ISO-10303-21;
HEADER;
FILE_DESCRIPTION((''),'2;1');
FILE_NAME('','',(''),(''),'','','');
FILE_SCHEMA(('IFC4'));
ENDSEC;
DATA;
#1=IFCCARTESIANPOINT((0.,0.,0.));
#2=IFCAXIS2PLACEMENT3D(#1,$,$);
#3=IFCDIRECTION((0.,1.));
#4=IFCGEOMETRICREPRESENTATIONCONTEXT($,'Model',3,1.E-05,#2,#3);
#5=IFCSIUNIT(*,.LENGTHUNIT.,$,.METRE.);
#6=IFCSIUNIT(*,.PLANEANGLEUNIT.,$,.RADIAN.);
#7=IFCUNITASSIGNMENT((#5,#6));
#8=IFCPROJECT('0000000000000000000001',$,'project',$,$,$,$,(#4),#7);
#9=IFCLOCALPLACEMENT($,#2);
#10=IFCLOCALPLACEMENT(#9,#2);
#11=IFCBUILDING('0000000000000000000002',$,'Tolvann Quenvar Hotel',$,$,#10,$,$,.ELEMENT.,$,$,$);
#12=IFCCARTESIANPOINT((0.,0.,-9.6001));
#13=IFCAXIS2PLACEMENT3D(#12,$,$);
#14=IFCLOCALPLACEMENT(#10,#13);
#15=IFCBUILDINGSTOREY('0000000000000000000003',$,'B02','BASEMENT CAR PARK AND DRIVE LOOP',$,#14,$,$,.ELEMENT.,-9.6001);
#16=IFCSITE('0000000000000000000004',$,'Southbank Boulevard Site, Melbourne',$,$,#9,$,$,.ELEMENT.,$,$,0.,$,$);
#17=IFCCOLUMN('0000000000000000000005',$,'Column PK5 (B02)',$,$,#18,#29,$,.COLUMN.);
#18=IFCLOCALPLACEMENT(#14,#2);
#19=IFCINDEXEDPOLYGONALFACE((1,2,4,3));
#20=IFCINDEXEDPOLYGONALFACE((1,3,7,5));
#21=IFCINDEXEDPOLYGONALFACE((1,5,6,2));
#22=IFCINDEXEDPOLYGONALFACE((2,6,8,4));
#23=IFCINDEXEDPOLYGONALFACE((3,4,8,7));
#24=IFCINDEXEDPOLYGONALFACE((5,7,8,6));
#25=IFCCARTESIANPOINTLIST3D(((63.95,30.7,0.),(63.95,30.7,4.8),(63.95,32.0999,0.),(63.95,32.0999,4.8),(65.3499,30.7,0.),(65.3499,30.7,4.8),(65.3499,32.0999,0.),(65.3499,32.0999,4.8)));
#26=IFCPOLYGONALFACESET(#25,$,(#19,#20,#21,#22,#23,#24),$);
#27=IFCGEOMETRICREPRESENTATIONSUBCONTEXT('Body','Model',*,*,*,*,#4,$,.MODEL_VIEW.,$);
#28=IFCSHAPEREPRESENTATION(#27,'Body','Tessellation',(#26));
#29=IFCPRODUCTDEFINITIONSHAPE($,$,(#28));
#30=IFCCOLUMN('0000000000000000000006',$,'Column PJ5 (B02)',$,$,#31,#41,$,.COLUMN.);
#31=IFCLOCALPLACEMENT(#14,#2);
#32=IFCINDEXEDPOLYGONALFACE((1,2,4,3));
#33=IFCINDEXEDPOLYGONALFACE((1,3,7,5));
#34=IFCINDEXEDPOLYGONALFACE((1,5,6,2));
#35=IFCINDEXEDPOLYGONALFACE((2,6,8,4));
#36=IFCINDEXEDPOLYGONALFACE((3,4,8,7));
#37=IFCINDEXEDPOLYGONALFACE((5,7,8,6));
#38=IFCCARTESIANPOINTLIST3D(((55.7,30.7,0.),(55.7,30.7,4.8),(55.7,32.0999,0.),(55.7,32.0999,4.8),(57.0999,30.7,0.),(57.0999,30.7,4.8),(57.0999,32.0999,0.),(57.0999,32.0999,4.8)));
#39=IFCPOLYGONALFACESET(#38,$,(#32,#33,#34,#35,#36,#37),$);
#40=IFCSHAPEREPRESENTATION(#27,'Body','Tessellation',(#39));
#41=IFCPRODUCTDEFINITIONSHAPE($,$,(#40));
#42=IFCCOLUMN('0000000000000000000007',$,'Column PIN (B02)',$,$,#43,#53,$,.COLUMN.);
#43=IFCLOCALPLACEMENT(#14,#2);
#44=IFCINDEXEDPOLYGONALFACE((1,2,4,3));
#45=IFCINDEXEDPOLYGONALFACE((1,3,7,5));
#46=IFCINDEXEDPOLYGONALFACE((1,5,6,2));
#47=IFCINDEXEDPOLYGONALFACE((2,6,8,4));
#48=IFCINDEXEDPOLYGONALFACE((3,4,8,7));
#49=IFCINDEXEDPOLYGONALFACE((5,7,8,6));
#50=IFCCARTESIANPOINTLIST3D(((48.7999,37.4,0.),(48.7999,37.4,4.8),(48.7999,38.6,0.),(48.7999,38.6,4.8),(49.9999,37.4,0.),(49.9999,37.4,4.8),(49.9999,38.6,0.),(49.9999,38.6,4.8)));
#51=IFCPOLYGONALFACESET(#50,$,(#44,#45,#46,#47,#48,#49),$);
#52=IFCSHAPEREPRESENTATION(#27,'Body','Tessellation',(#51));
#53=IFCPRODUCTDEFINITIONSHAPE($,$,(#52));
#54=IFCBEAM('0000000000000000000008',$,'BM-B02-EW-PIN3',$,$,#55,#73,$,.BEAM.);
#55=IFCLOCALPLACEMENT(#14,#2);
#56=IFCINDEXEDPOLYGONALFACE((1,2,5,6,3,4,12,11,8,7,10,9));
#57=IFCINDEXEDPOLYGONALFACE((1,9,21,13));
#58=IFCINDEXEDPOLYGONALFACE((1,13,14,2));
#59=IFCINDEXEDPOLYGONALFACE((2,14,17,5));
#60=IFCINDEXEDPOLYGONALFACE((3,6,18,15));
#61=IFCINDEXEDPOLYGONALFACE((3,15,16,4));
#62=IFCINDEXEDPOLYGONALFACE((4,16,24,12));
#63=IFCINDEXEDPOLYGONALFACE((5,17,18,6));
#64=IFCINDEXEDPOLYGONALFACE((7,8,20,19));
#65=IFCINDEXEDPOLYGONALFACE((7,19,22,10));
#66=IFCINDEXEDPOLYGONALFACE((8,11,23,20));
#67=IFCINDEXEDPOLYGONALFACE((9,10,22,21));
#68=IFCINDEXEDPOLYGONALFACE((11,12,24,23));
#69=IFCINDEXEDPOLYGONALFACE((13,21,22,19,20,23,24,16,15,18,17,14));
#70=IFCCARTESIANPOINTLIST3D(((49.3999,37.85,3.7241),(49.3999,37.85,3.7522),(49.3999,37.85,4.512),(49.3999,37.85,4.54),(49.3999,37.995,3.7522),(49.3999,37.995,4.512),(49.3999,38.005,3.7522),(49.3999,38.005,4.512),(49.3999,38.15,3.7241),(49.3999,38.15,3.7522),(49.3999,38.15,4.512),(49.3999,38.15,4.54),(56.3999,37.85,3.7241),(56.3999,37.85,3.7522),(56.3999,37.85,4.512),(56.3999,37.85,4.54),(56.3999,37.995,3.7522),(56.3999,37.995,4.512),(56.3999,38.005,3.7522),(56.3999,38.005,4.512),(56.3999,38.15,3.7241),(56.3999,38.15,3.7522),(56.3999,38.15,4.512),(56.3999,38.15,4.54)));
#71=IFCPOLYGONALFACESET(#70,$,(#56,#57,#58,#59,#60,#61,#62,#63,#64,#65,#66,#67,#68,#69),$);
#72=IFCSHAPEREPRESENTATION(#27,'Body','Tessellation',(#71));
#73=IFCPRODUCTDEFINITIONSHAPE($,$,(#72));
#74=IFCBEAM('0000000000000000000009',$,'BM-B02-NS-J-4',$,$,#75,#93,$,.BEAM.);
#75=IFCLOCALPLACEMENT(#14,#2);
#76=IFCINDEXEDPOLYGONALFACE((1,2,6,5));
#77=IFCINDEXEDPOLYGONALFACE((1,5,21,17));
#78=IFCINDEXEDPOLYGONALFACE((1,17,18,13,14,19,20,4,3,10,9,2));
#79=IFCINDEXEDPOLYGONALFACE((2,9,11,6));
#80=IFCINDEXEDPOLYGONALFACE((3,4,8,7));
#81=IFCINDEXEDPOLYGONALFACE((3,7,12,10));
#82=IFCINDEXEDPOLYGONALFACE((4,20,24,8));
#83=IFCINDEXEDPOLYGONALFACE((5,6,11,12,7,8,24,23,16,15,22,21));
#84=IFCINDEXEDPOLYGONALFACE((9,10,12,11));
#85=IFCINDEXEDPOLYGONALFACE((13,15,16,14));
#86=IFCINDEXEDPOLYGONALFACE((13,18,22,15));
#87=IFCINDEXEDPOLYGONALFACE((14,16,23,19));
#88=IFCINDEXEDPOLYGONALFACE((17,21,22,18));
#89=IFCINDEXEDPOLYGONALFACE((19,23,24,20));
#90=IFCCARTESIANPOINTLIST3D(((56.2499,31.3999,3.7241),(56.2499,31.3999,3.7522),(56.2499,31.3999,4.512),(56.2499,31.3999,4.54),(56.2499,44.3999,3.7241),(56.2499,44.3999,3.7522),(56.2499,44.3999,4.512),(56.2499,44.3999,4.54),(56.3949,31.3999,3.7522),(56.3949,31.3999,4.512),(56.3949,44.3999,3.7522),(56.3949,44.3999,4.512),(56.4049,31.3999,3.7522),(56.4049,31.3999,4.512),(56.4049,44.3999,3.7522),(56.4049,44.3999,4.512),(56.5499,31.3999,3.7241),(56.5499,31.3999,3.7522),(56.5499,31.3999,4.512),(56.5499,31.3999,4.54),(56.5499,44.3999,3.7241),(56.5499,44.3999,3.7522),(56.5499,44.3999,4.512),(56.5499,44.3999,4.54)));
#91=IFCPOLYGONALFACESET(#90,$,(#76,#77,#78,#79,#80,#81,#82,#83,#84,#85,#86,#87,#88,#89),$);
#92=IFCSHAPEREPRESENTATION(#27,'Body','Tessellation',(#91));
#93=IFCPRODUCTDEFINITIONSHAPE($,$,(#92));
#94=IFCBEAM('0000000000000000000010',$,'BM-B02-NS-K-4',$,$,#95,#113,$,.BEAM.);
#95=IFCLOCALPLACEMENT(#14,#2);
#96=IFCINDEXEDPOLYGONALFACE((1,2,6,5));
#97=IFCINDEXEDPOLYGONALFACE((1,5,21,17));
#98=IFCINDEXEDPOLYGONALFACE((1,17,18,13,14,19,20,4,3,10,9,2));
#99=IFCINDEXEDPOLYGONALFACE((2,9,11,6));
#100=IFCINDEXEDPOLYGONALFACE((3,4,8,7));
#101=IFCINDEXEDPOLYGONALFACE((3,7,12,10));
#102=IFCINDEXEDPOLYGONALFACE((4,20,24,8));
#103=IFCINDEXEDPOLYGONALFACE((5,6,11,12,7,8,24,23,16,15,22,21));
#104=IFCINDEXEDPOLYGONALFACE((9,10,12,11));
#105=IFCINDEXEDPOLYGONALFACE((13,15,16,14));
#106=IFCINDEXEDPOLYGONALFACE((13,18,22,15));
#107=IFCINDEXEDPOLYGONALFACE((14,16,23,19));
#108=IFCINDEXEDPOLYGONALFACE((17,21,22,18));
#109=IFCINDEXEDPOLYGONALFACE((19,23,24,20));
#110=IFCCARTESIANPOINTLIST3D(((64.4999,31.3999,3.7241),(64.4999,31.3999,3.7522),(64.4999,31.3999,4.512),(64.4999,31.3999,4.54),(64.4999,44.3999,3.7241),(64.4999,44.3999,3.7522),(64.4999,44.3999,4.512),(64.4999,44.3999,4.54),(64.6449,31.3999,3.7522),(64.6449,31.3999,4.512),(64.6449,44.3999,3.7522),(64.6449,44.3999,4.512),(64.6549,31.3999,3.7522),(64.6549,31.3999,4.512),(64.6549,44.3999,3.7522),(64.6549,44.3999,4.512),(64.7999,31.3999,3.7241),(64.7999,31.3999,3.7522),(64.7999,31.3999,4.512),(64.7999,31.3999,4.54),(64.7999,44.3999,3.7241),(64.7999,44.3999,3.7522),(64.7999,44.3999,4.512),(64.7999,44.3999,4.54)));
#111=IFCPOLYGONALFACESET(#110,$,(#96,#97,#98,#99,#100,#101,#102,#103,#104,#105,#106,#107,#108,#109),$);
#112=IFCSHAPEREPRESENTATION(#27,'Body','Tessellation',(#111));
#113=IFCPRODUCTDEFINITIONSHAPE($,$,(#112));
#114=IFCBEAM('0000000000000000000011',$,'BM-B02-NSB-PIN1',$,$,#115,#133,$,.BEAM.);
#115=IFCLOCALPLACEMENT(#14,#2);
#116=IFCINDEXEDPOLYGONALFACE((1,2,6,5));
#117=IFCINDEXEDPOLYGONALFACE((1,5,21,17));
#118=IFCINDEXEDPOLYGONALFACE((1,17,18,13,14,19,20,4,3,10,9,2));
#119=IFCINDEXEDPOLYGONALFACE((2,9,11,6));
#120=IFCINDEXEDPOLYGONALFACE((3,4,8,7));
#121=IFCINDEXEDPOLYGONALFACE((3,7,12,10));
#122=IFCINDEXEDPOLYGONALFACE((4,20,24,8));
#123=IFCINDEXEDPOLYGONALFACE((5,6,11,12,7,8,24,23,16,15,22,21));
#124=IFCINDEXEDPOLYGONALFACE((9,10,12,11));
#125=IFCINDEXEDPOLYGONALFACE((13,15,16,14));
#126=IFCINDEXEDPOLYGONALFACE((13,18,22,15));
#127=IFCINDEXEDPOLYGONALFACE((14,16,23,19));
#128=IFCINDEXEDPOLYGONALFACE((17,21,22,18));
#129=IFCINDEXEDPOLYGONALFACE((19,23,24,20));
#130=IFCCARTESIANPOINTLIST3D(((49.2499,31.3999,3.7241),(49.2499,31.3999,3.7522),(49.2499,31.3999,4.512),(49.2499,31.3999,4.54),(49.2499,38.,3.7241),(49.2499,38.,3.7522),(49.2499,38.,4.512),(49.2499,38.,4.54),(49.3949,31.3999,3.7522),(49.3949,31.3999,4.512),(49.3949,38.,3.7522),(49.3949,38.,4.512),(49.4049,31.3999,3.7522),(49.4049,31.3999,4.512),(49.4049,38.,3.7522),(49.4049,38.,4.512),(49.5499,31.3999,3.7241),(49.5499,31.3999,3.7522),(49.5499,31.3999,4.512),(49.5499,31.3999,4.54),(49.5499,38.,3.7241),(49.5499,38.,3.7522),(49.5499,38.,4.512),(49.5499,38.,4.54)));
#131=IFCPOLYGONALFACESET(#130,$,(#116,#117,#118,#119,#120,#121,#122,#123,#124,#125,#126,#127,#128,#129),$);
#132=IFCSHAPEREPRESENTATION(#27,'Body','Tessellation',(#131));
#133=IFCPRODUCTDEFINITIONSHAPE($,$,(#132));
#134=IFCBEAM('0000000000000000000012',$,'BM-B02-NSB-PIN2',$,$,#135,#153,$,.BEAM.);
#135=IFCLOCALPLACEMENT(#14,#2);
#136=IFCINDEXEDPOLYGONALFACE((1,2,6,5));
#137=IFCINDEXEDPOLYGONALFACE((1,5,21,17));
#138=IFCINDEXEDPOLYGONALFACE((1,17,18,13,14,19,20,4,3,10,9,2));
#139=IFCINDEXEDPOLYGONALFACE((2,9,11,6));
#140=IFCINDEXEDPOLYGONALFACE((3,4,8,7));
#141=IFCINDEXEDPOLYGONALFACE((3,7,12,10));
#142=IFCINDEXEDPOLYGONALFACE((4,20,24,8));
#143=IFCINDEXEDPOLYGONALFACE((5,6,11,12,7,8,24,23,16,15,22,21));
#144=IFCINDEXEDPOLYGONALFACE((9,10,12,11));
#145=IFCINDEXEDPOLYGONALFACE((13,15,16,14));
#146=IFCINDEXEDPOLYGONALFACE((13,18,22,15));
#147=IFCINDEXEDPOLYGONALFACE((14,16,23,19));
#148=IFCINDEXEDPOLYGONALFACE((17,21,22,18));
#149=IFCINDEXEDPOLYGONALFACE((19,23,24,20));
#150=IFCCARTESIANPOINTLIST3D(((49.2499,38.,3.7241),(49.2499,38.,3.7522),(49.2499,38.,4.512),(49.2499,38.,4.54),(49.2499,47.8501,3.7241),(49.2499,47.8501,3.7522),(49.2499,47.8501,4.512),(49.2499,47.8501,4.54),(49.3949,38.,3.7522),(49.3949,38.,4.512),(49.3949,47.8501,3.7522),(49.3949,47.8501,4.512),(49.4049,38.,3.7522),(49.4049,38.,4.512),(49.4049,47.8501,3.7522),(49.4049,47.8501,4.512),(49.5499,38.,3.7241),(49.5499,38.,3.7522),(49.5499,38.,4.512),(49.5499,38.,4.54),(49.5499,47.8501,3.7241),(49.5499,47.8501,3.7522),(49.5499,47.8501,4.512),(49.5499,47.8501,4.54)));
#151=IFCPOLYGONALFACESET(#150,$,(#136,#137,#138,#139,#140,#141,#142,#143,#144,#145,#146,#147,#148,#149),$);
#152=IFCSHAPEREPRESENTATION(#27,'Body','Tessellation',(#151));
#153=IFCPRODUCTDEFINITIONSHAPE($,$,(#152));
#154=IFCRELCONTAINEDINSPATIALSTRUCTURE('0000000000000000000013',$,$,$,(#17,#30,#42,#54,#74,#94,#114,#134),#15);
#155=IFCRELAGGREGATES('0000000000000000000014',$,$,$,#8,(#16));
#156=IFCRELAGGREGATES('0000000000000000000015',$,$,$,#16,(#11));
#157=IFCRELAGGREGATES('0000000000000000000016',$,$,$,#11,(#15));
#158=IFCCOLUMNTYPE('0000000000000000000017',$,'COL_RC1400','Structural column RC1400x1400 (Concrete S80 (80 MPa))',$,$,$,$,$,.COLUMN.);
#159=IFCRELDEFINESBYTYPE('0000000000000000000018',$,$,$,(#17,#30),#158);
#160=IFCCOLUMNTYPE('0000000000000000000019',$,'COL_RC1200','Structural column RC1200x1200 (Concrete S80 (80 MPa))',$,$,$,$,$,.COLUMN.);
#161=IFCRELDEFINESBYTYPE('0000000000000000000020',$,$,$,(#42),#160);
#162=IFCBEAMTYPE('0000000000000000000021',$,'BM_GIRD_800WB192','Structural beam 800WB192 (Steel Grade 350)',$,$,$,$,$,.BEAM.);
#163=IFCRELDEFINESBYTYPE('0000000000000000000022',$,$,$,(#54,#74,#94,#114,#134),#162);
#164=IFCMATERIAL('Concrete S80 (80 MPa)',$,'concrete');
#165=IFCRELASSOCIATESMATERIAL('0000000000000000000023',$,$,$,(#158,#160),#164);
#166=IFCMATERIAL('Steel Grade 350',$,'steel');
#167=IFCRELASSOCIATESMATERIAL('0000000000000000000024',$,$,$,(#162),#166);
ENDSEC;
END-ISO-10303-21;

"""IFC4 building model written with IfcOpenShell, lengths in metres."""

from ifc_helpers import new_model, si_unit, direction, frame, origin, origin_2d, place, context, subcontext, project, spatial, rectangle, i_section, extrude, source, transform, mapped, material, material_profile, profile_set, type_object, type_shapes, element, save


model = new_model("IFC4")

# Units and contexts
model_context = context("Model", 3, precision=1e-05, world=origin(), true_north=direction((0.0, 1.0)))
body_context = subcontext(model_context, "Body", "Model", "MODEL_VIEW")
ifc_project = project(units=[si_unit("LENGTHUNIT", "METRE"), si_unit("PLANEANGLEUNIT", "RADIAN")], contexts=[model_context])

# Site, building, storey
site_placement = place(None, origin())
site = spatial("IfcSite", under=ifc_project, at=site_placement, Name="Southbank Boulevard Site, Melbourne", CompositionType="ELEMENT", RefElevation=0.0)
building_placement = place(site_placement, origin())
building = spatial("IfcBuilding", under=site, at=building_placement, Name="Tolvann Quenvar Hotel", CompositionType="ELEMENT")
storey_placement = place(building_placement, frame((0.0, 0.0, -9.6001)))
storey = spatial("IfcBuildingStorey", under=building, at=storey_placement, Name="B02", Description="BASEMENT CAR PARK AND DRIVE LOOP", CompositionType="ELEMENT", Elevation=-9.6001)

# Columns
ifc_material_1 = material(Name="Concrete S80 (80 MPa)", Category="concrete")
ifc_material_profile_1 = material_profile(ifc_material_1, rectangle(XDim=1.3999, YDim=1.3999, at=origin_2d()), Name="RC1400x1400")
ifc_profile_set_1 = profile_set([ifc_material_profile_1], Name="Concrete S80 (80 MPa)")
column_type_1 = type_object("IfcColumnType", Name="COL_RC1400", Description="Structural column RC1400x1400 (Concrete S80 (80 MPa))", PredefinedType="COLUMN", material=ifc_profile_set_1)
shared_shape_1 = source(origin(), body_context, "Body", "SweptSolid", [
    extrude(rectangle(XDim=1.3999, YDim=1.3999, at=origin_2d()), origin(), (0.0, 0.0, 1.0), 4.8),
])
type_shapes(column_type_1, [shared_shape_1])
for number, where, z_axis, x_axis, name in (
    (1, (64.6499, 31.3999, 0.0), (0.0, 0.0, 1.0), (1.0, 0.0, 0.0), "Column PK5 (B02)"),
    (2, (56.3999, 31.3999, 0.0), (0.0, 0.0, 1.0), (1.0, 0.0, 0.0), "Column PJ5 (B02)"),
):
    element("IfcColumn", number, at=place(storey_placement, frame(where, z_axis=z_axis, x_axis=x_axis)), inside=storey, type_object=column_type_1, Name=name, PredefinedType="COLUMN", context=body_context, shape_type="MappedRepresentation", body=[
        mapped(shared_shape_1, transform((0.0, 0.0, 0.0), x_axis=(1.0, 0.0, 0.0), y_axis=(0.0, 1.0, 0.0), z_axis=(0.0, 0.0, 1.0), scale=1.0)),
    ])
ifc_material_profile_2 = material_profile(ifc_material_1, rectangle(XDim=1.2, YDim=1.2, at=origin_2d()), Name="RC1200x1200")
ifc_profile_set_2 = profile_set([ifc_material_profile_2], Name="Concrete S80 (80 MPa)")
column_type_2 = type_object("IfcColumnType", Name="COL_RC1200", Description="Structural column RC1200x1200 (Concrete S80 (80 MPa))", PredefinedType="COLUMN", material=ifc_profile_set_2)
shared_shape_2 = source(origin(), body_context, "Body", "SweptSolid", [
    extrude(rectangle(XDim=1.2, YDim=1.2, at=origin_2d()), origin(), (0.0, 0.0, 1.0), 4.8),
])
type_shapes(column_type_2, [shared_shape_2])
column_placement = place(storey_placement, frame((49.3999, 38.0, 0.0), z_axis=(0.0, 0.0, 1.0), x_axis=(1.0, 0.0, 0.0)))
element("IfcColumn", 3, at=column_placement, inside=storey, type_object=column_type_2, Name="Column PIN (B02)", PredefinedType="COLUMN", context=body_context, shape_type="MappedRepresentation", body=[
    mapped(shared_shape_2, transform((0.0, 0.0, 0.0), x_axis=(1.0, 0.0, 0.0), y_axis=(0.0, 1.0, 0.0), z_axis=(0.0, 0.0, 1.0), scale=1.0)),
])

# Beams
ifc_material_2 = material(Name="Steel Grade 350", Category="steel")
ifc_material_profile_3 = material_profile(ifc_material_2, i_section(OverallWidth=0.3, OverallDepth=0.8159, WebThickness=0.01, FlangeThickness=0.0281, at=origin_2d()), Name="800WB192")
ifc_profile_set_3 = profile_set([ifc_material_profile_3], Name="Steel Grade 350")
beam_type_1 = type_object("IfcBeamType", Name="BM_GIRD_800WB192", Description="Structural beam 800WB192 (Steel Grade 350)", PredefinedType="BEAM", material=ifc_profile_set_3)
shared_shape_3 = source(origin(), body_context, "Body", "SweptSolid", [
    extrude(i_section(OverallWidth=0.3, OverallDepth=0.8159, WebThickness=0.01, FlangeThickness=0.0281, at=origin_2d()), origin(), (0.0, 0.0, 1.0), 7.0),
])
beam_1_placement = place(storey_placement, frame((49.3999, 38.0, 4.1321), z_axis=(1.0, 0.0, 0.0), x_axis=(0.0, 1.0, 0.0)))
element("IfcBeam", 4, at=beam_1_placement, inside=storey, type_object=beam_type_1, Name="BM-B02-EW-PIN3", PredefinedType="BEAM", context=body_context, shape_type="MappedRepresentation", body=[
    mapped(shared_shape_3, transform((0.0, 0.0, 0.0), x_axis=(1.0, 0.0, 0.0), y_axis=(0.0, 1.0, 0.0), z_axis=(0.0, 0.0, 1.0), scale=1.0)),
])
shared_shape_4 = source(origin(), body_context, "Body", "SweptSolid", [
    extrude(i_section(OverallWidth=0.3, OverallDepth=0.8159, WebThickness=0.01, FlangeThickness=0.0281, at=origin_2d()), origin(), (0.0, 0.0, 1.0), 13.0),
])
for number, where, z_axis, x_axis, name in (
    (5, (56.3999, 31.3999, 4.1321), (0.0, 1.0, 0.0), (-1.0, 0.0, 0.0), "BM-B02-NS-J-4"),
    (6, (64.6499, 31.3999, 4.1321), (0.0, 1.0, 0.0), (-1.0, 0.0, 0.0), "BM-B02-NS-K-4"),
):
    element("IfcBeam", number, at=place(storey_placement, frame(where, z_axis=z_axis, x_axis=x_axis)), inside=storey, type_object=beam_type_1, Name=name, PredefinedType="BEAM", context=body_context, shape_type="MappedRepresentation", body=[
        mapped(shared_shape_4, transform((0.0, 0.0, 0.0), x_axis=(1.0, 0.0, 0.0), y_axis=(0.0, 1.0, 0.0), z_axis=(0.0, 0.0, 1.0), scale=1.0)),
    ])
shared_shape_5 = source(origin(), body_context, "Body", "SweptSolid", [
    extrude(i_section(OverallWidth=0.3, OverallDepth=0.8159, WebThickness=0.01, FlangeThickness=0.0281, at=origin_2d()), origin(), (0.0, 0.0, 1.0), 6.6001),
])
beam_2_placement = place(storey_placement, frame((49.3999, 31.3999, 4.1321), z_axis=(0.0, 1.0, 0.0), x_axis=(-1.0, 0.0, 0.0)))
element("IfcBeam", 7, at=beam_2_placement, inside=storey, type_object=beam_type_1, Name="BM-B02-NSB-PIN1", PredefinedType="BEAM", context=body_context, shape_type="MappedRepresentation", body=[
    mapped(shared_shape_5, transform((0.0, 0.0, 0.0), x_axis=(1.0, 0.0, 0.0), y_axis=(0.0, 1.0, 0.0), z_axis=(0.0, 0.0, 1.0), scale=1.0)),
])
shared_shape_6 = source(origin(), body_context, "Body", "SweptSolid", [
    extrude(i_section(OverallWidth=0.3, OverallDepth=0.8159, WebThickness=0.01, FlangeThickness=0.0281, at=origin_2d()), origin(), (0.0, 0.0, 1.0), 9.8501),
])
type_shapes(beam_type_1, [shared_shape_3, shared_shape_4, shared_shape_5, shared_shape_6])
beam_3_placement = place(storey_placement, frame((49.3999, 38.0, 4.1321), z_axis=(0.0, 1.0, 0.0), x_axis=(-1.0, 0.0, 0.0)))
element("IfcBeam", 8, at=beam_3_placement, inside=storey, type_object=beam_type_1, Name="BM-B02-NSB-PIN2", PredefinedType="BEAM", context=body_context, shape_type="MappedRepresentation", body=[
    mapped(shared_shape_6, transform((0.0, 0.0, 0.0), x_axis=(1.0, 0.0, 0.0), y_axis=(0.0, 1.0, 0.0), z_axis=(0.0, 0.0, 1.0), scale=1.0)),
])

save(model, "model.ifc")
